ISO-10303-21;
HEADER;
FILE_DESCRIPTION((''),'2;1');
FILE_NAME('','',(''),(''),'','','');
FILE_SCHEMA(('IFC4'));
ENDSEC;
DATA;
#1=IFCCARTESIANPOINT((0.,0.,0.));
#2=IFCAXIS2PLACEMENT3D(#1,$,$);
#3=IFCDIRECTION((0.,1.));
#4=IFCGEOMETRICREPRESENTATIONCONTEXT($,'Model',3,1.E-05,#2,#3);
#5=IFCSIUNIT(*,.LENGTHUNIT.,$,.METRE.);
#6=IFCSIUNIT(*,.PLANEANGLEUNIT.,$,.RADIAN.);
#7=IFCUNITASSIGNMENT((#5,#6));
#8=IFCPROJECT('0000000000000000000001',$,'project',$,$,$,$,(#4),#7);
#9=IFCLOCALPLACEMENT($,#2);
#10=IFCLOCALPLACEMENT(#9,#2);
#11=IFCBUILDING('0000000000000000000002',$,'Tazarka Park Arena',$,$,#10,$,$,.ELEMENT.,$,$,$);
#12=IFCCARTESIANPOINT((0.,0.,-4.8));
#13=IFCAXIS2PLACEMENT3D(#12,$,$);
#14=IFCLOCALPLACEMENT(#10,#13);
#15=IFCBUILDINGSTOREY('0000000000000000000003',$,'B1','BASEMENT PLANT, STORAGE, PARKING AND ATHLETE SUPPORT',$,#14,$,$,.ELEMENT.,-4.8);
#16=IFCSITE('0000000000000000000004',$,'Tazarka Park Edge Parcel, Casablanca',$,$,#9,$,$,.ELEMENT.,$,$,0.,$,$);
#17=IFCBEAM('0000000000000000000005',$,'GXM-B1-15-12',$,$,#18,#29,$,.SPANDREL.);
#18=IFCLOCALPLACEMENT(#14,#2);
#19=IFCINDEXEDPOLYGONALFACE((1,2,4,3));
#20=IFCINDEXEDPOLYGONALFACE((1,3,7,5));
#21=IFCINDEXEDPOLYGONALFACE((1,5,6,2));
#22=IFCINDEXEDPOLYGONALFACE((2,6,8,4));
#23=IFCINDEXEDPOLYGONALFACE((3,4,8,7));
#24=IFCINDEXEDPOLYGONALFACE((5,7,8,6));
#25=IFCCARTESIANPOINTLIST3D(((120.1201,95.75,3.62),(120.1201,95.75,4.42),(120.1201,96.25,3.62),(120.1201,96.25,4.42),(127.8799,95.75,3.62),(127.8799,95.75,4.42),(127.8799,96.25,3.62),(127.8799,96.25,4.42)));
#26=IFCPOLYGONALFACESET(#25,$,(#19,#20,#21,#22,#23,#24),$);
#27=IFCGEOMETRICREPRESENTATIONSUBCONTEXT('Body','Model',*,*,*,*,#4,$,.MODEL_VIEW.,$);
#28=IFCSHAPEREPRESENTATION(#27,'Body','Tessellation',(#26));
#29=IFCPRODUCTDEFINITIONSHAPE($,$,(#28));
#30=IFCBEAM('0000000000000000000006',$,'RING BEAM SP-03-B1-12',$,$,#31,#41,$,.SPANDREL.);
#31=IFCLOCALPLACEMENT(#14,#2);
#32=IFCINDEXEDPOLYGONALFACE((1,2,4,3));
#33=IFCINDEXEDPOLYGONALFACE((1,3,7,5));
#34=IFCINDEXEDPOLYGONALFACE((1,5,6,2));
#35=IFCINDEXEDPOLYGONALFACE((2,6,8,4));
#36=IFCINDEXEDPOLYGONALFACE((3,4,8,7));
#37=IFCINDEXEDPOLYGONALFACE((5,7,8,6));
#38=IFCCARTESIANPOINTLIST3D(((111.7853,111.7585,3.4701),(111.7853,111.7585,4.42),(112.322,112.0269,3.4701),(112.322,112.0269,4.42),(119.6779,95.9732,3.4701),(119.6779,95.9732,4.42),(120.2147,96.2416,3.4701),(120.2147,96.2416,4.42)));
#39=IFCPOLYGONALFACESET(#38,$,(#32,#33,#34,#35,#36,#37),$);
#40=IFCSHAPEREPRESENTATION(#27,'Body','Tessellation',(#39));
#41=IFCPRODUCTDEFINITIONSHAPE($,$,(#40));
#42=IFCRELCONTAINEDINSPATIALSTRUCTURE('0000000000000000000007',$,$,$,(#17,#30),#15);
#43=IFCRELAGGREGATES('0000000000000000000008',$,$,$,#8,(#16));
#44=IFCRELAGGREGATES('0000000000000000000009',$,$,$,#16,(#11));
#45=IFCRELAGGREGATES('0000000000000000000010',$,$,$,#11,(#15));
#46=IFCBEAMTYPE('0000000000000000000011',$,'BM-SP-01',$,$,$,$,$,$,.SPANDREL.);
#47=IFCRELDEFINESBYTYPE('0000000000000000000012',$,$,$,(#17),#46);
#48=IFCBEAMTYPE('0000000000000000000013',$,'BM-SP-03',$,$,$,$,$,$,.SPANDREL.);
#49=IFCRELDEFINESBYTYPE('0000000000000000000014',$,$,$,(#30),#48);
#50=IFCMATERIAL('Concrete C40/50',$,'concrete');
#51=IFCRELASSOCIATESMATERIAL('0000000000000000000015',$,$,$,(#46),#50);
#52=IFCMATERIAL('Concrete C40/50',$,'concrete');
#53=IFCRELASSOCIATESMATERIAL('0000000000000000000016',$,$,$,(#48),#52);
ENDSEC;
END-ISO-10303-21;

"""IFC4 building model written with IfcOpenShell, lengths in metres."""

from ifc_helpers import new_model, si_unit, direction, frame, origin, origin_2d, place, context, subcontext, project, spatial, rectangle, extrude, material, material_profile, profile_set, type_object, element, save


model = new_model("IFC4")

# Units and contexts
model_context = context("Model", 3, precision=1e-05, world=origin(), true_north=direction((0.0, 1.0)))
body_context = subcontext(model_context, "Body", "Model", "MODEL_VIEW")
ifc_project = project(units=[si_unit("LENGTHUNIT", "METRE"), si_unit("PLANEANGLEUNIT", "RADIAN")], contexts=[model_context])

# Site, building, storey
site_placement = place(None, origin())
site = spatial("IfcSite", under=ifc_project, at=site_placement, Name="Tazarka Park Edge Parcel, Casablanca", CompositionType="ELEMENT", RefElevation=0.0)
building_placement = place(site_placement, origin())
building = spatial("IfcBuilding", under=site, at=building_placement, Name="Tazarka Park Arena", CompositionType="ELEMENT")
storey_placement = place(building_placement, frame((0.0, 0.0, -4.8)))
storey = spatial("IfcBuildingStorey", under=building, at=storey_placement, Name="B1", Description="BASEMENT PLANT, STORAGE, PARKING AND ATHLETE SUPPORT", CompositionType="ELEMENT", Elevation=-4.8)

# Beams
ifc_material_1 = material(Name="Concrete C40/50", Category="concrete")
ifc_material_profile_1 = material_profile(ifc_material_1, rectangle(XDim=0.5, YDim=0.8, at=origin_2d()), Name="Concrete C40/50")
ifc_profile_set_1 = profile_set([ifc_material_profile_1], Name="Concrete C40/50")
beam_type_1 = type_object("IfcBeamType", Name="BM-SP-01", PredefinedType="SPANDREL", material=ifc_profile_set_1)
beam_1_placement = place(storey_placement, frame((120.1201, 96.0, 4.02), z_axis=(1.0, 0.0, 0.0), x_axis=(0.0, 1.0, 0.0)))
element("IfcBeam", 1, at=beam_1_placement, inside=storey, type_object=beam_type_1, Name="GXM-B1-15-12", PredefinedType="SPANDREL", context=body_context, shape_type="SweptSolid", body=[
    extrude(rectangle(XDim=0.5, YDim=0.8, at=origin_2d()), origin(), (0.0, 0.0, 1.0), 7.7598),
])
ifc_material_2 = material(Name="Concrete C40/50", Category="concrete")
ifc_material_profile_2 = material_profile(ifc_material_2, rectangle(XDim=0.6001, YDim=0.95, at=origin_2d()), Name="Concrete C40/50")
ifc_profile_set_2 = profile_set([ifc_material_profile_2], Name="Concrete C40/50")
beam_type_2 = type_object("IfcBeamType", Name="BM-SP-03", PredefinedType="SPANDREL", material=ifc_profile_set_2)
beam_2_placement = place(storey_placement, frame((119.9463, 96.1074, 3.9451), z_axis=(-0.447214, 0.894427, 0.0), x_axis=(-0.894427, -0.447214, 0.0)))
element("IfcBeam", 2, at=beam_2_placement, inside=storey, type_object=beam_type_2, Name="RING BEAM SP-03-B1-12", PredefinedType="SPANDREL", context=body_context, shape_type="SweptSolid", body=[
    extrude(rectangle(XDim=0.6001, YDim=0.95, at=origin_2d()), origin(), (0.0, 0.0, 1.0), 17.6484),
])

save(model, "model.ifc")
